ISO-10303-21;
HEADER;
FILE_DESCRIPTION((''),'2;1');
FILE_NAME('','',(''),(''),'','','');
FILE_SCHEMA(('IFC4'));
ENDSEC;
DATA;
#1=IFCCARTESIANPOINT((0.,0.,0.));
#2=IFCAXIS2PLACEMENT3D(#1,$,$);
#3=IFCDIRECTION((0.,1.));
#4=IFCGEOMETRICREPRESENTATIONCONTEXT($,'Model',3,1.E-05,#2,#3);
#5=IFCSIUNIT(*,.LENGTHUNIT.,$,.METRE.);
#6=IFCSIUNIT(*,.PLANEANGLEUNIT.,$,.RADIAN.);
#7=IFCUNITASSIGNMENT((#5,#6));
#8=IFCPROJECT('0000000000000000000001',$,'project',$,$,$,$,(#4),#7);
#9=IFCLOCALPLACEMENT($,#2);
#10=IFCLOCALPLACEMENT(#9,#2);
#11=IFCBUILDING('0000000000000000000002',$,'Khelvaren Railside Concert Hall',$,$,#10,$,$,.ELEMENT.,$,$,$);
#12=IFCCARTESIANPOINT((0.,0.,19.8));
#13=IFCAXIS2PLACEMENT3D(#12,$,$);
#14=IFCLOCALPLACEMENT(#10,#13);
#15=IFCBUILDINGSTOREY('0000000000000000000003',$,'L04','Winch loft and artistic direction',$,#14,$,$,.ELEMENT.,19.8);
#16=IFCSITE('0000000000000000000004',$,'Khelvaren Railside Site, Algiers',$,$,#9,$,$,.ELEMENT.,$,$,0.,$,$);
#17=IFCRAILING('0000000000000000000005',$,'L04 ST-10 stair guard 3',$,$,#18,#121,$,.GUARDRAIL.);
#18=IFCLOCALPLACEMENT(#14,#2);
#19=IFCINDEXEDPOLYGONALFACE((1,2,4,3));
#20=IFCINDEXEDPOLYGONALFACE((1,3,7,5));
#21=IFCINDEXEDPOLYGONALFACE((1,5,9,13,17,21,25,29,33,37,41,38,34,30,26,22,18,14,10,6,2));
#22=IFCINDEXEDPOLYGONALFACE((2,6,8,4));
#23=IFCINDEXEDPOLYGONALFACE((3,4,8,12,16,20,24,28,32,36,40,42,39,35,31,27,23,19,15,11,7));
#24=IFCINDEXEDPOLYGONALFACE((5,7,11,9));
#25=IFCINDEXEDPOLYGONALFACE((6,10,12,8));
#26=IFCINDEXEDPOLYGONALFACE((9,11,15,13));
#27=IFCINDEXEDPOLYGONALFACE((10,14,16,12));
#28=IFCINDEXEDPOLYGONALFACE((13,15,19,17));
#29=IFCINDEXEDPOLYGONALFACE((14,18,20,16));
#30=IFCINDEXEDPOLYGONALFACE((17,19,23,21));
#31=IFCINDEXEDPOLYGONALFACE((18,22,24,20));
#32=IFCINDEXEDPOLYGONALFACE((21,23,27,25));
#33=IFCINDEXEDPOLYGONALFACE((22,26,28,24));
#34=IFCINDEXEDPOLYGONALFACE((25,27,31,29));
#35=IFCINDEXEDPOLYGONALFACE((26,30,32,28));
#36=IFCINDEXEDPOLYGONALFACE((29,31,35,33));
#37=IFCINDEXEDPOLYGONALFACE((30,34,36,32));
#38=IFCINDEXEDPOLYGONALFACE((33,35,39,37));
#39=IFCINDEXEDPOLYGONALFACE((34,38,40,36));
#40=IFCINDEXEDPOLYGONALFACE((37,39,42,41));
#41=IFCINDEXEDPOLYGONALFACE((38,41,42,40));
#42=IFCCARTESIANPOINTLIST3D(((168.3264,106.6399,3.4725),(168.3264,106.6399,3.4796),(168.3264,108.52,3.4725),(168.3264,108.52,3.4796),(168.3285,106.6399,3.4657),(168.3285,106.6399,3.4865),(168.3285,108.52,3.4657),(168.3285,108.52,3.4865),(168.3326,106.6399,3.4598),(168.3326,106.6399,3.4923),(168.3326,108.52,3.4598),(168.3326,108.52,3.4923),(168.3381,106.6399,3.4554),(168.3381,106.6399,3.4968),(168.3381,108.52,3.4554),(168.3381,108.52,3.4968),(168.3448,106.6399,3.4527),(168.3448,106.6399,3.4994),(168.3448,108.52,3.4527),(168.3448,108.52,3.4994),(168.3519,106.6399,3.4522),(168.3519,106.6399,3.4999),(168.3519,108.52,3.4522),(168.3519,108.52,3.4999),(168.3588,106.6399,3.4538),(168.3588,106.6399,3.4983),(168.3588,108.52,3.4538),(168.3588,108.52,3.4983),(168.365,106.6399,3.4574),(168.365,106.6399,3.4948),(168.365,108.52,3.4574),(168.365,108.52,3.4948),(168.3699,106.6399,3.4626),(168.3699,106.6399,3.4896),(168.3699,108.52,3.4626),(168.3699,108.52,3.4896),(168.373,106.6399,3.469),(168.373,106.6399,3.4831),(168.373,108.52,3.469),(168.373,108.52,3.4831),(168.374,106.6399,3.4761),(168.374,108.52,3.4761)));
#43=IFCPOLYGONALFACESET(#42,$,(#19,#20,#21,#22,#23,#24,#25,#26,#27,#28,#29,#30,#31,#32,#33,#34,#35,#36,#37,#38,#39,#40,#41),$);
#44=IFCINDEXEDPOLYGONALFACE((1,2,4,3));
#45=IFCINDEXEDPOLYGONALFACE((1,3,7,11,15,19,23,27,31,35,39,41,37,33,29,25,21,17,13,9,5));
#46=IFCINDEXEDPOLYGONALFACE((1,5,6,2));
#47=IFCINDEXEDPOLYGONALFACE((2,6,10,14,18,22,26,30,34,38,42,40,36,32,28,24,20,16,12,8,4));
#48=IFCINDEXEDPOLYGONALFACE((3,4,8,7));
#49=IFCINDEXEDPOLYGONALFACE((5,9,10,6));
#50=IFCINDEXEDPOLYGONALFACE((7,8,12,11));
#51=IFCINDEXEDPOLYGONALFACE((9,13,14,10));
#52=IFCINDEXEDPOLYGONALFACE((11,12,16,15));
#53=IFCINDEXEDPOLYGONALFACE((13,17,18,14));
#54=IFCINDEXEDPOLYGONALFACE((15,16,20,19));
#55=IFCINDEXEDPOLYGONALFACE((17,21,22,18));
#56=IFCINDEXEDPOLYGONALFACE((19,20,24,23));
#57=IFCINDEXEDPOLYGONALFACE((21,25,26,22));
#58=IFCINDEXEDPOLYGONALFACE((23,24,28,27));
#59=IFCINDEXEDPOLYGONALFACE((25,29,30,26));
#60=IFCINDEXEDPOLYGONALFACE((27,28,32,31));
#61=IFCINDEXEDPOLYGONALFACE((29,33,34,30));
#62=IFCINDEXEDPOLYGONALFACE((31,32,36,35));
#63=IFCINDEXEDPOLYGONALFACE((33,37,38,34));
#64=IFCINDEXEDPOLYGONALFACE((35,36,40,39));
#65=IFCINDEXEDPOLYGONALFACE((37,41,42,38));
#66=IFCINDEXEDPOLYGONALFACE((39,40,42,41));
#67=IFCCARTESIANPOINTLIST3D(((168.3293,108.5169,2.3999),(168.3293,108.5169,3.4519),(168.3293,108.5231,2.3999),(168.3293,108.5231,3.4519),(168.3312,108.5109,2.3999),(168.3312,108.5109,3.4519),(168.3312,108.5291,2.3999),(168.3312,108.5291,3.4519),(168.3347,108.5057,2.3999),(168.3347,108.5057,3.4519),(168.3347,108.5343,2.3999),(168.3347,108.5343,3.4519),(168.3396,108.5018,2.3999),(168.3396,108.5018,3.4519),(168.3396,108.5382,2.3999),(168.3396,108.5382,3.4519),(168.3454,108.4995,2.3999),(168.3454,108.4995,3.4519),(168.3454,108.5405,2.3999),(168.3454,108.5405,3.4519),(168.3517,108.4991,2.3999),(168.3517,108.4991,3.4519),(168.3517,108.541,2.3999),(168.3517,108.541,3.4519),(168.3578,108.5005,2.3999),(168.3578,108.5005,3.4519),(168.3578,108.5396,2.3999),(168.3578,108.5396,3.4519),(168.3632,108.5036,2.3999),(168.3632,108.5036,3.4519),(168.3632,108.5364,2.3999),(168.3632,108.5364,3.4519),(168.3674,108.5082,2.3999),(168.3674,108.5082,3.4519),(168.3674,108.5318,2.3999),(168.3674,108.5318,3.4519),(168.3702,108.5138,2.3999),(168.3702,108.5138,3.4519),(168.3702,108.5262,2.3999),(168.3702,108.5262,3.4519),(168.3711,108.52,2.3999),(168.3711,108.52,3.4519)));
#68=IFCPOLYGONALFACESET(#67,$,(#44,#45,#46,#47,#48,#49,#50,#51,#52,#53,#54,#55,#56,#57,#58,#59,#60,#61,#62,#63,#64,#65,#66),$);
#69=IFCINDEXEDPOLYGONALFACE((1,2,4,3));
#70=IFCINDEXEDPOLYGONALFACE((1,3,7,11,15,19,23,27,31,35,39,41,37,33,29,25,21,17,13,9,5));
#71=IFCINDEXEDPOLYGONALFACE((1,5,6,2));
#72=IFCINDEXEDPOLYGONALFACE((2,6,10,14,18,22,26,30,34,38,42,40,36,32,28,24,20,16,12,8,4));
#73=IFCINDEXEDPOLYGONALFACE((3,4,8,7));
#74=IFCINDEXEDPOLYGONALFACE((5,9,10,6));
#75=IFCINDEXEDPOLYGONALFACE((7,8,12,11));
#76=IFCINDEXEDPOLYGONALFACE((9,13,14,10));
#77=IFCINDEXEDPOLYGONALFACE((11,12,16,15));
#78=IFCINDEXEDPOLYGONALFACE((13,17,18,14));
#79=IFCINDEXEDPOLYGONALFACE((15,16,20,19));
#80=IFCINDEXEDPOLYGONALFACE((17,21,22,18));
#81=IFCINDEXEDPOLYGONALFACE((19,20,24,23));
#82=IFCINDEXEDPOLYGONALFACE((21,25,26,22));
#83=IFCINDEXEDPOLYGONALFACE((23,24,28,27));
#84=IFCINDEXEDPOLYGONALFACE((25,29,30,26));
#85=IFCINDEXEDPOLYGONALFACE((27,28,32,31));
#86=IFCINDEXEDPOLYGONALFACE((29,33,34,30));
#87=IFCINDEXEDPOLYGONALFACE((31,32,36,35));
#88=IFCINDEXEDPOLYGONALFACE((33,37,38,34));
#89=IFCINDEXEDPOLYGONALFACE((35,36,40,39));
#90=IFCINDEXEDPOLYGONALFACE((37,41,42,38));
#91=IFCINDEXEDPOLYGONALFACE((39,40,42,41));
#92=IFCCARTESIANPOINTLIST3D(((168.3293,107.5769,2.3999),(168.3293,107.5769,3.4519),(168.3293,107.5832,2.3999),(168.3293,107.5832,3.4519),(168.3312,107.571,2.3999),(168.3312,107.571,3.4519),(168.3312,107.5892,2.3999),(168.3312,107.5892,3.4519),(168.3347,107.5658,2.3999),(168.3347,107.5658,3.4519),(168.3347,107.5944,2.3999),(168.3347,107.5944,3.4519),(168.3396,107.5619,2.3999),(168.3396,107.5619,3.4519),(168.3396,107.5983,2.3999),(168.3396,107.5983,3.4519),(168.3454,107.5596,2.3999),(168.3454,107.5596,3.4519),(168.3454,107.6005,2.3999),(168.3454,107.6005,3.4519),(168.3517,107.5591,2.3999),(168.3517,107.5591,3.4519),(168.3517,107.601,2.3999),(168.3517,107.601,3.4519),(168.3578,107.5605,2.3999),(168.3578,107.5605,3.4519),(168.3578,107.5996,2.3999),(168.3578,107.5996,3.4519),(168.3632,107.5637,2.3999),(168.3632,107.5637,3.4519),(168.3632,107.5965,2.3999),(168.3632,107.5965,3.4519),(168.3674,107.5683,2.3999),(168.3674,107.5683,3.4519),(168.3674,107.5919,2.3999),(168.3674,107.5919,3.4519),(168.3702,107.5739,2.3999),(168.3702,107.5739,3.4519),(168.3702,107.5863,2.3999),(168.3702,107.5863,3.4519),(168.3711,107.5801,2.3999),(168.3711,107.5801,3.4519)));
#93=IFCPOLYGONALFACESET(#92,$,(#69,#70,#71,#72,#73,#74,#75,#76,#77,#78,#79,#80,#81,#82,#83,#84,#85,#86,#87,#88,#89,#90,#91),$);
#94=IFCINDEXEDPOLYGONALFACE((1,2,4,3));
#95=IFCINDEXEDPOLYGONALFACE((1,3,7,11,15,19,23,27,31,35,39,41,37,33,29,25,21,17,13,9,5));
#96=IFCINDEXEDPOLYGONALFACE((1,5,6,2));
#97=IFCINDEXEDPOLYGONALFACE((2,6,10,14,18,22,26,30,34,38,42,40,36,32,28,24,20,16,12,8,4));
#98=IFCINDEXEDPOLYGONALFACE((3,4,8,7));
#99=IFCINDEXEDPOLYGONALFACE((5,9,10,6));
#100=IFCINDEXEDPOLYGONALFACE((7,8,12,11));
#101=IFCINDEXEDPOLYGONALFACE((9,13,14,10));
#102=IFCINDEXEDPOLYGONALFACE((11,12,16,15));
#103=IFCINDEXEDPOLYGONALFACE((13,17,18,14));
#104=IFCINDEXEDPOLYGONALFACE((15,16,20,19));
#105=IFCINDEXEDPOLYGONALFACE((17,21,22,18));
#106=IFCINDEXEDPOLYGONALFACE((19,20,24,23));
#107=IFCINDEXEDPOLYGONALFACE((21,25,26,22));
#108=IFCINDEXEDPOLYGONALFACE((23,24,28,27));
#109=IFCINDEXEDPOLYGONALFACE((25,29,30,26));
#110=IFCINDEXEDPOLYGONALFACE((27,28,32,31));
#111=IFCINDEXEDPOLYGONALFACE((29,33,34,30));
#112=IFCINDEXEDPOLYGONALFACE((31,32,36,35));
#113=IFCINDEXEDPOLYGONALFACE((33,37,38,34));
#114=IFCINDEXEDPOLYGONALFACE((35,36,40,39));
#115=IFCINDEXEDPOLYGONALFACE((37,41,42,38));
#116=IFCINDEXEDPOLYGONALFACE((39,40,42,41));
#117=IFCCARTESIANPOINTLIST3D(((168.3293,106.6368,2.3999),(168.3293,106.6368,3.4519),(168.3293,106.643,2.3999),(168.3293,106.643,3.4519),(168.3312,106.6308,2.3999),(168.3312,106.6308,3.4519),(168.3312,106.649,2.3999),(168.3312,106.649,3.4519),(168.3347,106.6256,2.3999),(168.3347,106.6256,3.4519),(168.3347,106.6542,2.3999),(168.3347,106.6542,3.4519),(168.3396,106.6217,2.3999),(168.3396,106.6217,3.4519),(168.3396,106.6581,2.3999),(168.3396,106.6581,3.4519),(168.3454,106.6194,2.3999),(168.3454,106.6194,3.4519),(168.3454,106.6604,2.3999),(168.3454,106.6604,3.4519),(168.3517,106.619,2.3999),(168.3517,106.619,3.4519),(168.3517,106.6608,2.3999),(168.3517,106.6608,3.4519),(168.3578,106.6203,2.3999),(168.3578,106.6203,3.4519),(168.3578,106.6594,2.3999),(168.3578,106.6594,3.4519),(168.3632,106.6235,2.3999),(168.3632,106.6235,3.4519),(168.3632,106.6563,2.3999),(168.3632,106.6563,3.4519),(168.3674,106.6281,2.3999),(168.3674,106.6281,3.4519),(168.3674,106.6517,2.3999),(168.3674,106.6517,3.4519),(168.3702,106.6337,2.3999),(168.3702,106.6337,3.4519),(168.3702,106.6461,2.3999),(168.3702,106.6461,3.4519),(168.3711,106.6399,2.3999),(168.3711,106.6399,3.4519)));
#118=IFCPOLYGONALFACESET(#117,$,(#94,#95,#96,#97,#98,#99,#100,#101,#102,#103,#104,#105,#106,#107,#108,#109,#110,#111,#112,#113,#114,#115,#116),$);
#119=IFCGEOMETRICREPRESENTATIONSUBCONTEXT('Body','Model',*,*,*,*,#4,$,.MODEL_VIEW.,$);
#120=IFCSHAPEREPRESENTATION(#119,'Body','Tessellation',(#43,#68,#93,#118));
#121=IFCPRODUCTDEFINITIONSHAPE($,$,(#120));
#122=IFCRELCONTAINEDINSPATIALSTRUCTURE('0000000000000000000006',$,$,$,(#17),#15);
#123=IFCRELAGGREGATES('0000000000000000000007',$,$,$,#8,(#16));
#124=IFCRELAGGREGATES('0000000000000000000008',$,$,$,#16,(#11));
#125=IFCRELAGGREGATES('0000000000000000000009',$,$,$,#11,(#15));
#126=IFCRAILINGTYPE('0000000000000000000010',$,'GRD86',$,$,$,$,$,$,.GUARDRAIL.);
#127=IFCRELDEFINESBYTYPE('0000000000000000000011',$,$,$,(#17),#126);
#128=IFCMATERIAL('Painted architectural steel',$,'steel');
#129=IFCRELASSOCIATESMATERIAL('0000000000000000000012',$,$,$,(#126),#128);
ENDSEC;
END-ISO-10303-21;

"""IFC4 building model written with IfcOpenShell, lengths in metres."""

from ifc_helpers import new_model, si_unit, direction, frame, origin, origin_2d, place, context, subcontext, project, spatial, circle, extrude, material, type_object, element, save


model = new_model("IFC4")

# Units and contexts
model_context = context("Model", 3, precision=1e-05, world=origin(), true_north=direction((0.0, 1.0)))
body_context = subcontext(model_context, "Body", "Model", "MODEL_VIEW")
ifc_project = project(units=[si_unit("LENGTHUNIT", "METRE"), si_unit("PLANEANGLEUNIT", "RADIAN")], contexts=[model_context])

# Site, building, storey
site_placement = place(None, origin())
site = spatial("IfcSite", under=ifc_project, at=site_placement, Name="Khelvaren Railside Site, Algiers", CompositionType="ELEMENT", RefElevation=0.0)
building_placement = place(site_placement, origin())
building = spatial("IfcBuilding", under=site, at=building_placement, Name="Khelvaren Railside Concert Hall", CompositionType="ELEMENT")
storey_placement = place(building_placement, frame((0.0, 0.0, 19.8)))
storey = spatial("IfcBuildingStorey", under=building, at=storey_placement, Name="L04", Description="Winch loft and artistic direction", CompositionType="ELEMENT", Elevation=19.8)

# Railing
ifc_material_1 = material(Name="Painted architectural steel", Category="steel")
railing_type_1 = type_object("IfcRailingType", Name="GRD86", PredefinedType="GUARDRAIL", material=ifc_material_1)
railing_1_placement = place(storey_placement, frame((168.3501, 108.52, 2.3999)))
element("IfcRailing", 1, at=railing_1_placement, inside=storey, type_object=railing_type_1, Name="L04 ST-10 stair guard 3", PredefinedType="GUARDRAIL", context=body_context, shape_type="SweptSolid", body=[
    extrude(circle(Radius=0.0239, at=origin_2d()), frame((0.0, 0.0, 1.0762), z_axis=(0.0, -1.0, 0.0), x_axis=(1.0, 0.0, 0.0)), (0.0, 0.0, 1.0), 1.8801),
    extrude(circle(Radius=0.021, at=origin_2d()), origin(), (0.0, 0.0, 1.0), 1.052),
    extrude(circle(Radius=0.021, at=origin_2d()), frame((0.0, -0.9399, 0.0)), (0.0, 0.0, 1.0), 1.052),
    extrude(circle(Radius=0.021, at=origin_2d()), frame((0.0, -1.8801, 0.0)), (0.0, 0.0, 1.0), 1.052),
])

save(model, "model.ifc")
